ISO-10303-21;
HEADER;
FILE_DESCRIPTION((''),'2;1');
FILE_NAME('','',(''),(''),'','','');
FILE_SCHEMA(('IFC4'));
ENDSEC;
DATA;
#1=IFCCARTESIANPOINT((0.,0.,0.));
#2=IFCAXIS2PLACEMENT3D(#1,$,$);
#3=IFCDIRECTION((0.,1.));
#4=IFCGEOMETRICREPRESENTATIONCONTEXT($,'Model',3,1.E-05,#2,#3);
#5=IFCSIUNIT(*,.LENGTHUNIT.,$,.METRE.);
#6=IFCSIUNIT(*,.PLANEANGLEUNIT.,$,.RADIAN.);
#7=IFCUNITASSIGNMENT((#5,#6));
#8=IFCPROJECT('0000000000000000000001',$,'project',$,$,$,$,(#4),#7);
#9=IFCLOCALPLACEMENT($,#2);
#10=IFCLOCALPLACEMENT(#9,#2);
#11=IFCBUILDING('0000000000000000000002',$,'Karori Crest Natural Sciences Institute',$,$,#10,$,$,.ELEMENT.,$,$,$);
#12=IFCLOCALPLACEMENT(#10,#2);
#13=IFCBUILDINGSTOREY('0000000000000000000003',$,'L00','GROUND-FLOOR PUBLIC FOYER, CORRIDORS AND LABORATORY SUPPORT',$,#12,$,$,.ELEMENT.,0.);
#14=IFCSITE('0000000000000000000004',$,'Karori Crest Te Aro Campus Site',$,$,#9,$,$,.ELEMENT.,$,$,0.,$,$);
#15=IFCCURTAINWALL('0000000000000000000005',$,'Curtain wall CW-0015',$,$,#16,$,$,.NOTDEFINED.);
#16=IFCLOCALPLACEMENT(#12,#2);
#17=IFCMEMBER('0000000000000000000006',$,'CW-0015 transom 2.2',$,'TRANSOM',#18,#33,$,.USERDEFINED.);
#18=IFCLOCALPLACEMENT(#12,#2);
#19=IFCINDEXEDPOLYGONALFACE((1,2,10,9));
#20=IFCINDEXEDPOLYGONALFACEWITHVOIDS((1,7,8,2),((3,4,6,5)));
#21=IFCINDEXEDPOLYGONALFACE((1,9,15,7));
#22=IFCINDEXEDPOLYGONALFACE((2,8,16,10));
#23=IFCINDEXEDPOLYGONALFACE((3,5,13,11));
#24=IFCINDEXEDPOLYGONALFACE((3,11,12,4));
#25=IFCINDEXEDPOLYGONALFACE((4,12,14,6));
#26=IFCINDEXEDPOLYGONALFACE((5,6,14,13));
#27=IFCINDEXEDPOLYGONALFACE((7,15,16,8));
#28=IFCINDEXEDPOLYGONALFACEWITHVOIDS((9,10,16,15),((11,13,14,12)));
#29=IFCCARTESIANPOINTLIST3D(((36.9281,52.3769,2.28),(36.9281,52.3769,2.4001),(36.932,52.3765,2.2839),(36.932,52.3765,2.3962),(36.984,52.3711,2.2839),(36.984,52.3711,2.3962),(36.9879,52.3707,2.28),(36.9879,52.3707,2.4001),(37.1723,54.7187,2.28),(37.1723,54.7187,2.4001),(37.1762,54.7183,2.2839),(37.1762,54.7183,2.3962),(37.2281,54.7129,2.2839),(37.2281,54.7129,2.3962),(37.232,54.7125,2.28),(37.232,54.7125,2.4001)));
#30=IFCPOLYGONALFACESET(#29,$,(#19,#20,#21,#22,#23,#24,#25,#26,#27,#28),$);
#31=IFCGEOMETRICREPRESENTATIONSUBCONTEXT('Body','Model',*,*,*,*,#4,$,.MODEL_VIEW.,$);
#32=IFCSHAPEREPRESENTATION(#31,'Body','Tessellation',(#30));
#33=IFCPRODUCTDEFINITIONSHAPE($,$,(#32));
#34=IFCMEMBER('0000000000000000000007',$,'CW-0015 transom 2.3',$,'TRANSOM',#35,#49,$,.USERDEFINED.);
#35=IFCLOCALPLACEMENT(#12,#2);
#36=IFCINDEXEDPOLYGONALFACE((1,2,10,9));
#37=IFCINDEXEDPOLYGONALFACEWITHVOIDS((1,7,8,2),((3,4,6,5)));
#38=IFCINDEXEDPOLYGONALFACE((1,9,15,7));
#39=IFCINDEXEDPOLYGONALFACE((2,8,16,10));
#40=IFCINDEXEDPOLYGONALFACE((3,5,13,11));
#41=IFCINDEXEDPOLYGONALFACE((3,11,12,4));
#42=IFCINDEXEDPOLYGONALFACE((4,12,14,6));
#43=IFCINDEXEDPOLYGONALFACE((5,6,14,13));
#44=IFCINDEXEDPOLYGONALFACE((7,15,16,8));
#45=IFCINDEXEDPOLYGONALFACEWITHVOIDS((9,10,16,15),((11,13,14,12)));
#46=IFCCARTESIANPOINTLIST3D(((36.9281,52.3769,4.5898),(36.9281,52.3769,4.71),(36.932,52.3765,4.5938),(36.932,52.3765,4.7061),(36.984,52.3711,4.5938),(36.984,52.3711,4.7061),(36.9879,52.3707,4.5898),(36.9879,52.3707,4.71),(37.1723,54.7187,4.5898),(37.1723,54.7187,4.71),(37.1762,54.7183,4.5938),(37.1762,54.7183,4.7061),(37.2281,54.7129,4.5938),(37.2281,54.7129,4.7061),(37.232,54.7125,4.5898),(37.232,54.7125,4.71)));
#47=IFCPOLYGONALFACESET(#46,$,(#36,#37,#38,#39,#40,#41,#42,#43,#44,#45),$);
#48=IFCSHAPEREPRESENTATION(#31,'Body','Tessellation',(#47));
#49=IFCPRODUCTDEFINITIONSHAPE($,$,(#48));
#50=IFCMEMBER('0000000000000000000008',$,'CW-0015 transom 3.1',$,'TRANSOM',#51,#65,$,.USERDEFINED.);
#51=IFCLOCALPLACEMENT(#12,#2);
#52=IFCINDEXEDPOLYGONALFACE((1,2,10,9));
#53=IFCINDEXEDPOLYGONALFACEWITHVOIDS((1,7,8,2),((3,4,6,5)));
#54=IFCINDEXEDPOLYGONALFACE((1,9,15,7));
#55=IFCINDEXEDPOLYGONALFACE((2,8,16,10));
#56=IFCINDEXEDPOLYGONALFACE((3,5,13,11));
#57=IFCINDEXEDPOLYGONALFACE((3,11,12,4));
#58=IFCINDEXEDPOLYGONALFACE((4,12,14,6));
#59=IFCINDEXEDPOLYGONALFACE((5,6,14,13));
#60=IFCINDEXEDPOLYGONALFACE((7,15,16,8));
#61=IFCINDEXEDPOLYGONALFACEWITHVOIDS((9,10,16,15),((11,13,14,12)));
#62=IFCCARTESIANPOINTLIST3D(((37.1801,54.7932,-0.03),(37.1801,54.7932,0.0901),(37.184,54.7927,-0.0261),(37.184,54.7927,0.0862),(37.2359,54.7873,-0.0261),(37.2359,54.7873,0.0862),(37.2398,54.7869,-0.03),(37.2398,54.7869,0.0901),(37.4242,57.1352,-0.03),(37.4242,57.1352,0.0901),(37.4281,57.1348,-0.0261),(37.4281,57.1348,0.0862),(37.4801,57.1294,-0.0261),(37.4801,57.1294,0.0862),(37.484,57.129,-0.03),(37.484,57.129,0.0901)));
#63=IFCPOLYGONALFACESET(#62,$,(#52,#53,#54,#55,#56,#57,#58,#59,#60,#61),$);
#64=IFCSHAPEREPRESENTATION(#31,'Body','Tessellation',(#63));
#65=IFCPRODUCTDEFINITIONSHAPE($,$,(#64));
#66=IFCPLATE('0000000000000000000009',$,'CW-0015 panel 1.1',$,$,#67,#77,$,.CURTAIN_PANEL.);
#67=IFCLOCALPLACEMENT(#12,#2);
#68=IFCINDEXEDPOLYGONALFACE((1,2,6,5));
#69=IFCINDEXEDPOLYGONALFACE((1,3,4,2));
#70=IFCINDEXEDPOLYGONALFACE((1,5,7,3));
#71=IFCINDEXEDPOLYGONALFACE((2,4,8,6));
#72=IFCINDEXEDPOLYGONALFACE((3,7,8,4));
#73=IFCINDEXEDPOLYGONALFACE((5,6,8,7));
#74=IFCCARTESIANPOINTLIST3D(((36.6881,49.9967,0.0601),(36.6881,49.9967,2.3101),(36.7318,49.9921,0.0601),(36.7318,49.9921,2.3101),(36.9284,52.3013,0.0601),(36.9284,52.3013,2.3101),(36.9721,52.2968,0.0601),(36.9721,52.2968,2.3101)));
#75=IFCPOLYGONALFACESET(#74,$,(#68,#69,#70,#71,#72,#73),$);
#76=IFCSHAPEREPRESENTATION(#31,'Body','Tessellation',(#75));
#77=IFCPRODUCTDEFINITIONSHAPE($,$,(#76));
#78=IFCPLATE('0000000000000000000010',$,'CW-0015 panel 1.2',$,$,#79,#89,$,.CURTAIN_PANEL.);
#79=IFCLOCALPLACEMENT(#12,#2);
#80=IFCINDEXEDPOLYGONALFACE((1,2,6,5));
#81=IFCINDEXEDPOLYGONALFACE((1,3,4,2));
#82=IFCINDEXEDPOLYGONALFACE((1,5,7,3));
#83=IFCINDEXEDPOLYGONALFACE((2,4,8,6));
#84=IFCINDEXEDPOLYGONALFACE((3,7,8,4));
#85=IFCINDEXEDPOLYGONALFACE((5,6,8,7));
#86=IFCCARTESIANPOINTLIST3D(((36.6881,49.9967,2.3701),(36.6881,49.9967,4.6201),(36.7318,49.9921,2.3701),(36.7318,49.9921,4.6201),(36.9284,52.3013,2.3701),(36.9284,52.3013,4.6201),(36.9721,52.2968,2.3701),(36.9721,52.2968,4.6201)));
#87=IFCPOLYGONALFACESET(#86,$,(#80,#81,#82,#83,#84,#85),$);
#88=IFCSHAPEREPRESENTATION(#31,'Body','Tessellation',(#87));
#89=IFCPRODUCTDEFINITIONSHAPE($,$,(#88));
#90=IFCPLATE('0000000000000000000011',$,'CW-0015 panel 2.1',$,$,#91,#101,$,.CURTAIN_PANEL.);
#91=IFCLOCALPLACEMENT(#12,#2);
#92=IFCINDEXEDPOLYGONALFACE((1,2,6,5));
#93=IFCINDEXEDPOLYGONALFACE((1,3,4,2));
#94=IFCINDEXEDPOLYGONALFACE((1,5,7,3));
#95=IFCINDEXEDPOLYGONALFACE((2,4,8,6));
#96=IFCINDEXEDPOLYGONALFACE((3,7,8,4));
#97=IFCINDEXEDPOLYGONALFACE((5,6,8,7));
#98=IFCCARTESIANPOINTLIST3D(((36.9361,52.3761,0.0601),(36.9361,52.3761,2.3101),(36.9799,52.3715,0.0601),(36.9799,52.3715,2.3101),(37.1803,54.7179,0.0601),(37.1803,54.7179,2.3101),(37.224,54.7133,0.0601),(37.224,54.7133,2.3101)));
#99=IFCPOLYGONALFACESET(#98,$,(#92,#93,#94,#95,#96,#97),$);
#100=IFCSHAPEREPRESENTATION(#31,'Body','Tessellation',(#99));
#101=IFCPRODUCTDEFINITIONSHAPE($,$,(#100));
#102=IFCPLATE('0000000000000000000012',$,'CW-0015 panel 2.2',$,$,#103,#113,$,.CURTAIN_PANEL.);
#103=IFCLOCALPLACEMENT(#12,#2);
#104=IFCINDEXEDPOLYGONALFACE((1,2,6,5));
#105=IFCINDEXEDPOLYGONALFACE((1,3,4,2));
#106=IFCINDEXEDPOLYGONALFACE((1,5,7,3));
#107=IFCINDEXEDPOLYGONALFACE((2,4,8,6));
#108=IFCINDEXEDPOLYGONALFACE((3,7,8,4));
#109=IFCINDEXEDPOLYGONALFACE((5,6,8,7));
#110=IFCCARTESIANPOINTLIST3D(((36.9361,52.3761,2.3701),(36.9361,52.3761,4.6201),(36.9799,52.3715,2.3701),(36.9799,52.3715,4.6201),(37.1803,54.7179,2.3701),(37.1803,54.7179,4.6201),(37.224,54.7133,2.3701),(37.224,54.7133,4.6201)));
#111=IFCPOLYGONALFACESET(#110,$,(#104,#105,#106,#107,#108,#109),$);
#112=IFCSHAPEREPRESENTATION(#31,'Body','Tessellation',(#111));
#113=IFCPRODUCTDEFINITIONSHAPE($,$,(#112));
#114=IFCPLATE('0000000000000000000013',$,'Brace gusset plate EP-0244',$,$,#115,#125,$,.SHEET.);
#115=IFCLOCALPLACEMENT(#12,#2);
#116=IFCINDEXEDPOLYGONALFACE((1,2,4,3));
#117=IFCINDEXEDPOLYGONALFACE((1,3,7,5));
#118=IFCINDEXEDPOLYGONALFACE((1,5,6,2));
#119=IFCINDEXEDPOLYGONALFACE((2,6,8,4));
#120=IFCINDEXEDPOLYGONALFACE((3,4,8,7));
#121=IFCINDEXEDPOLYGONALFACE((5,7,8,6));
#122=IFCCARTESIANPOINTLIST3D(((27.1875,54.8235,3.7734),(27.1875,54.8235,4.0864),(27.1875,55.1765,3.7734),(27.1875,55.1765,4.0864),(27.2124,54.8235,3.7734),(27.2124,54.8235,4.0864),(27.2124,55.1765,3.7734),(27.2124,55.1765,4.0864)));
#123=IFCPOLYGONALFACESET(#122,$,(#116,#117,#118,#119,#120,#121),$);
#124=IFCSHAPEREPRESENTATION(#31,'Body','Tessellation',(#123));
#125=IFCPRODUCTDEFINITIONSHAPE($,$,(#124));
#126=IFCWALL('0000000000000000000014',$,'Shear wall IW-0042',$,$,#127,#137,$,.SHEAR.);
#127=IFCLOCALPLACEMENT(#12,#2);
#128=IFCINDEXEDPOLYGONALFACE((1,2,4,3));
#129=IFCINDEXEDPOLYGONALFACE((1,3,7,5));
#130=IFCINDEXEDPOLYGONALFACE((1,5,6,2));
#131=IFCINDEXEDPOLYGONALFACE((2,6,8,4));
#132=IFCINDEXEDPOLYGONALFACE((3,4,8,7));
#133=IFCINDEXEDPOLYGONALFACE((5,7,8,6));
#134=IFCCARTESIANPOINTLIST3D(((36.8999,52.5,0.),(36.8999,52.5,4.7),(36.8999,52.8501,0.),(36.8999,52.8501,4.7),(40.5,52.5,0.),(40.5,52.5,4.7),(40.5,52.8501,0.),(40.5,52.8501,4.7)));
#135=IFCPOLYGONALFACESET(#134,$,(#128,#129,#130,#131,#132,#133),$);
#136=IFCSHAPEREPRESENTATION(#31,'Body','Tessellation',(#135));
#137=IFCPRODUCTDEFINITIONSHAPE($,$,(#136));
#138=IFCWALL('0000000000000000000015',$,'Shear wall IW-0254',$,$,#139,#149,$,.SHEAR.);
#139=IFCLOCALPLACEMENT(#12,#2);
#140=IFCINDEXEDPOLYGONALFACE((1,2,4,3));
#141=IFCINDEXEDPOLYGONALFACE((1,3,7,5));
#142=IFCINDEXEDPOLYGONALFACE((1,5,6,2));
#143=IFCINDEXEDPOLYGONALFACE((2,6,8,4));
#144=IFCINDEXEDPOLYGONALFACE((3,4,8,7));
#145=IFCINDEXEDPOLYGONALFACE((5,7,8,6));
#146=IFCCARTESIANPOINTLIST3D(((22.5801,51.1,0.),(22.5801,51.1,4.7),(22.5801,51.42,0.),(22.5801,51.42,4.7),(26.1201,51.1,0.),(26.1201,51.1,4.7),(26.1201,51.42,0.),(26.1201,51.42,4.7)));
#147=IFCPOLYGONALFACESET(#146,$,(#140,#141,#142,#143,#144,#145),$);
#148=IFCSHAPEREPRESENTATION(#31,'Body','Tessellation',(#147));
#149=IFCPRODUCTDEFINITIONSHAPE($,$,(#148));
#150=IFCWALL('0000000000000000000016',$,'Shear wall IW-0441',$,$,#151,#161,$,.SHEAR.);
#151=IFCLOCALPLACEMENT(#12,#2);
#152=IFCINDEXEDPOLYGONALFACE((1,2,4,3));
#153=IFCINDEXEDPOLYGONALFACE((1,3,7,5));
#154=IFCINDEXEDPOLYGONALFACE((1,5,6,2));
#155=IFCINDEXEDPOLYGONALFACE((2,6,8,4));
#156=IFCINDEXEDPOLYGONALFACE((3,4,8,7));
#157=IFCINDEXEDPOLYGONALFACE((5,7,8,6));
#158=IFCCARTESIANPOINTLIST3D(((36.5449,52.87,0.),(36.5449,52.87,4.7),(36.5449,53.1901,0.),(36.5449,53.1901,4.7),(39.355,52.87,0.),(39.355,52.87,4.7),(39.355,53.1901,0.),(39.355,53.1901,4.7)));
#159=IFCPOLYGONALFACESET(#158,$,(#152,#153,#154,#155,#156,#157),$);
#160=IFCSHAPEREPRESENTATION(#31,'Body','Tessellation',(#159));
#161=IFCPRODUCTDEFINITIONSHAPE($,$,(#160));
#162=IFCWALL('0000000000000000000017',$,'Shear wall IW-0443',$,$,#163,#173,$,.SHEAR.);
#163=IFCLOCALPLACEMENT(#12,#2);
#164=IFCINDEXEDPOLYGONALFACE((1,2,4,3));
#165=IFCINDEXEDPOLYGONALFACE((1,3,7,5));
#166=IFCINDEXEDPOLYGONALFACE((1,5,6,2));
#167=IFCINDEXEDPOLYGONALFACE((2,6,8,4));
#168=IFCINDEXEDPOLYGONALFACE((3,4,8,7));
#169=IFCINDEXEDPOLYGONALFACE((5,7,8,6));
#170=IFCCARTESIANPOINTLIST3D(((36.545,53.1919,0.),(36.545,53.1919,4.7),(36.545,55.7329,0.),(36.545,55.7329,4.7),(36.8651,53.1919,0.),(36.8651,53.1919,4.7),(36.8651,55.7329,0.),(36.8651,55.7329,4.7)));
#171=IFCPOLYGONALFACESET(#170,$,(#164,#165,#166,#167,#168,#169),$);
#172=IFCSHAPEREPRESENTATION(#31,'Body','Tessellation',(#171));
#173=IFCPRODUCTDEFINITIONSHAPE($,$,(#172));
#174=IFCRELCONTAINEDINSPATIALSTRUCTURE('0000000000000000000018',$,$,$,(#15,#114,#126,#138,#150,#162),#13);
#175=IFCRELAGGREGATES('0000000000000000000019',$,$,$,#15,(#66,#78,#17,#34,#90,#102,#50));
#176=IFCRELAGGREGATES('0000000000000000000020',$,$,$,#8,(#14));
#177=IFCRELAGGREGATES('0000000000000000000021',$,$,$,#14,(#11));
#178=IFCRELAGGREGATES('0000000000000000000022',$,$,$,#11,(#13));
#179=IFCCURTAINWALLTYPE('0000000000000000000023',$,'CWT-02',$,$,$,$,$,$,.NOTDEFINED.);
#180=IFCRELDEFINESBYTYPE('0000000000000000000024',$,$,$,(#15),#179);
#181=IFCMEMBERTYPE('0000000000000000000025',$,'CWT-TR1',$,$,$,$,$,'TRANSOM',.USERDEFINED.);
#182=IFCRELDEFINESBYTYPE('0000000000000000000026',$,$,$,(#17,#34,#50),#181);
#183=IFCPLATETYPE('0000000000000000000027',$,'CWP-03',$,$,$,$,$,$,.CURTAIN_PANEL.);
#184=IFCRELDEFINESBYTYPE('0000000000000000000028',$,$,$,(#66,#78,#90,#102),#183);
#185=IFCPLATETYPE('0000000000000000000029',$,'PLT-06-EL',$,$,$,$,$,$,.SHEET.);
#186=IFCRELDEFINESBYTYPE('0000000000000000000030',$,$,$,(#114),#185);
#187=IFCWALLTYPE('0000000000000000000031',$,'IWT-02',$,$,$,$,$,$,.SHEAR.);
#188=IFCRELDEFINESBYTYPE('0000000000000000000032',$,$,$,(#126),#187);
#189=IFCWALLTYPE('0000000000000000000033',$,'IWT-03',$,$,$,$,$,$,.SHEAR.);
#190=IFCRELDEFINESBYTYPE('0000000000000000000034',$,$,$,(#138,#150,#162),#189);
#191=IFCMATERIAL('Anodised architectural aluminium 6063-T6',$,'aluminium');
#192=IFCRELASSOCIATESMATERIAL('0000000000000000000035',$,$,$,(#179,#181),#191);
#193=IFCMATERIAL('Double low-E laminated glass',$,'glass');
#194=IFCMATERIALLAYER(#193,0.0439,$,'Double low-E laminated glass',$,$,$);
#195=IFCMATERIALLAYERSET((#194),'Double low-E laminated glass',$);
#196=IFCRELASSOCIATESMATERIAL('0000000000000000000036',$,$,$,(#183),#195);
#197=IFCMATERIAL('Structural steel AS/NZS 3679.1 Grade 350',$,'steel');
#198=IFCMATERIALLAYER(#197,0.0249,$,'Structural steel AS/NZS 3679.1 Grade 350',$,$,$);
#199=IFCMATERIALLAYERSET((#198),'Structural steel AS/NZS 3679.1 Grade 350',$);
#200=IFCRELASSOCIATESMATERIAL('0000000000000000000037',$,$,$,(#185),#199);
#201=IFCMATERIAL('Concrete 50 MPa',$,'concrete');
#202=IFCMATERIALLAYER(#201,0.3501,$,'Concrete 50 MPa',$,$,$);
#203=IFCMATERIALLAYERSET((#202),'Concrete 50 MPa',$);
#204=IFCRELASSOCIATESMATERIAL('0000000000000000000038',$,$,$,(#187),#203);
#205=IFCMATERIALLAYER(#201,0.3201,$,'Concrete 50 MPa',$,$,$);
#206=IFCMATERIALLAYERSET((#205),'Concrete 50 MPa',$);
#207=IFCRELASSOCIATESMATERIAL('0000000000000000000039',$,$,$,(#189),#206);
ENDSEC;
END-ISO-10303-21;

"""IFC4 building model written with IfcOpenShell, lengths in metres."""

from ifc_helpers import new_model, si_unit, direction, frame, frame_2d, origin, origin_2d, place, context, subcontext, project, spatial, rectangle, hollow_rectangle, extrude, material, layer, layer_set, material_profile, profile_set, type_object, element, aggregate, save


model = new_model("IFC4")

# Units and contexts
model_context = context("Model", 3, precision=1e-05, world=origin(), true_north=direction((0.0, 1.0)))
body_context = subcontext(model_context, "Body", "Model", "MODEL_VIEW")
ifc_project = project(units=[si_unit("LENGTHUNIT", "METRE"), si_unit("PLANEANGLEUNIT", "RADIAN")], contexts=[model_context])

# Site, building, storey
site_placement = place(None, origin())
site = spatial("IfcSite", under=ifc_project, at=site_placement, Name="Karori Crest Te Aro Campus Site", CompositionType="ELEMENT", RefElevation=0.0)
building_placement = place(site_placement, origin())
building = spatial("IfcBuilding", under=site, at=building_placement, Name="Karori Crest Natural Sciences Institute", CompositionType="ELEMENT")
storey_placement = place(building_placement, origin())
storey = spatial("IfcBuildingStorey", under=building, at=storey_placement, Name="L00", Description="GROUND-FLOOR PUBLIC FOYER, CORRIDORS AND LABORATORY SUPPORT", CompositionType="ELEMENT", Elevation=0.0)

# Shared definitions
ifc_material_1 = material(Name="Structural steel AS/NZS 3679.1 Grade 350", Category="steel")

# Shared definitions
ifc_material_2 = material(Name="Anodised architectural aluminium 6063-T6", Category="aluminium")

# Curtain wall
curtain_wall_type_1 = type_object("IfcCurtainWallType", Name="CWT-02", PredefinedType="NOTDEFINED", material=ifc_material_2)
curtain_wall_1_placement = place(storey_placement, origin())
curtain_wall_1 = element("IfcCurtainWall", 1, at=curtain_wall_1_placement, inside=storey, type_object=curtain_wall_type_1, Name="Curtain wall CW-0015", PredefinedType="NOTDEFINED")

# Members
ifc_material_profile_1 = material_profile(ifc_material_2, hollow_rectangle(XDim=0.0601, YDim=0.1201, WallThickness=0.0039, at=origin_2d()), Name="CWT120x60x4")
ifc_profile_set_1 = profile_set([ifc_material_profile_1], Name="Anodised architectural aluminium 6063-T6")
member_type_1 = type_object("IfcMemberType", Name="CWT-TR1", ElementType="TRANSOM", PredefinedType="USERDEFINED", material=ifc_profile_set_1)
member_1_placement = place(storey_placement, frame((36.958, 52.3738, 2.3401), z_axis=(0.103692, 0.99461, 0.0), x_axis=(-0.99461, 0.103692, 0.0)))
member_1 = element("IfcMember", 2, at=member_1_placement, type_object=member_type_1, Name="CW-0015 transom 2.2", ObjectType="TRANSOM", PredefinedType="USERDEFINED", context=body_context, shape_type="SweptSolid", body=[
    extrude(hollow_rectangle(XDim=0.0601, YDim=0.1201, WallThickness=0.0039, at=origin_2d()), origin(), (0.0, 0.0, 1.0), 2.3545),
])
member_2_placement = place(storey_placement, frame((36.958, 52.3738, 4.6499), z_axis=(0.103692, 0.99461, 0.0), x_axis=(-0.99461, 0.103692, 0.0)))
member_2 = element("IfcMember", 3, at=member_2_placement, type_object=member_type_1, Name="CW-0015 transom 2.3", ObjectType="TRANSOM", PredefinedType="USERDEFINED", context=body_context, shape_type="SweptSolid", body=[
    extrude(hollow_rectangle(XDim=0.0601, YDim=0.1201, WallThickness=0.0039, at=origin_2d()), origin(), (0.0, 0.0, 1.0), 2.3545),
])
member_3_placement = place(storey_placement, frame((37.21, 54.79, 0.03), z_axis=(0.103681, 0.994611, 0.0), x_axis=(-0.994611, 0.103681, 0.0)))
member_3 = element("IfcMember", 4, at=member_3_placement, type_object=member_type_1, Name="CW-0015 transom 3.1", ObjectType="TRANSOM", PredefinedType="USERDEFINED", context=body_context, shape_type="SweptSolid", body=[
    extrude(hollow_rectangle(XDim=0.0601, YDim=0.1201, WallThickness=0.0039, at=origin_2d()), origin(), (0.0, 0.0, 1.0), 2.3547),
])

# Plates
ifc_material_3 = material(Name="Double low-E laminated glass", Category="glass")
ifc_layer_1 = layer(ifc_material_3, 0.0439, Name="Double low-E laminated glass")
ifc_layer_set_1 = layer_set([ifc_layer_1], Name="Double low-E laminated glass")
plate_type_1 = type_object("IfcPlateType", Name="CWP-03", PredefinedType="CURTAIN_PANEL", material=ifc_layer_set_1)
plate_1_placement = place(storey_placement, frame((36.8301, 51.1467, 0.0601), z_axis=(0.0, 0.0, 1.0), x_axis=(0.103701, 0.994608, 0.0)))
plate_1 = element("IfcPlate", 5, at=plate_1_placement, type_object=plate_type_1, Name="CW-0015 panel 1.1", PredefinedType="CURTAIN_PANEL", context=body_context, shape_type="SweptSolid", body=[
    extrude(rectangle(XDim=2.3171, YDim=0.0439, at=origin_2d()), origin(), (0.0, 0.0, 1.0), 2.25),
])
plate_2_placement = place(storey_placement, frame((36.8301, 51.1467, 2.3701), z_axis=(0.0, 0.0, 1.0), x_axis=(0.103701, 0.994608, 0.0)))
plate_2 = element("IfcPlate", 6, at=plate_2_placement, type_object=plate_type_1, Name="CW-0015 panel 1.2", PredefinedType="CURTAIN_PANEL", context=body_context, shape_type="SweptSolid", body=[
    extrude(rectangle(XDim=2.3171, YDim=0.0439, at=origin_2d()), origin(), (0.0, 0.0, 1.0), 2.25),
])
plate_3_placement = place(storey_placement, frame((37.0801, 53.5447, 0.0601), z_axis=(0.0, 0.0, 1.0), x_axis=(0.103701, 0.994608, 0.0)))
plate_3 = element("IfcPlate", 7, at=plate_3_placement, type_object=plate_type_1, Name="CW-0015 panel 2.1", PredefinedType="CURTAIN_PANEL", context=body_context, shape_type="SweptSolid", body=[
    extrude(rectangle(XDim=2.3545, YDim=0.0439, at=origin_2d()), origin(), (0.0, 0.0, 1.0), 2.25),
])
plate_4_placement = place(storey_placement, frame((37.0801, 53.5447, 2.3701), z_axis=(0.0, 0.0, 1.0), x_axis=(0.103701, 0.994608, 0.0)))
plate_4 = element("IfcPlate", 8, at=plate_4_placement, type_object=plate_type_1, Name="CW-0015 panel 2.2", PredefinedType="CURTAIN_PANEL", context=body_context, shape_type="SweptSolid", body=[
    extrude(rectangle(XDim=2.3545, YDim=0.0439, at=origin_2d()), origin(), (0.0, 0.0, 1.0), 2.25),
])
aggregate(curtain_wall_1, [plate_1, plate_2, member_1, member_2, plate_3, plate_4, member_3])
ifc_layer_2 = layer(ifc_material_1, 0.0249, Name="Structural steel AS/NZS 3679.1 Grade 350")
ifc_layer_set_2 = layer_set([ifc_layer_2], Name="Structural steel AS/NZS 3679.1 Grade 350")
plate_type_2 = type_object("IfcPlateType", Name="PLT-06-EL", PredefinedType="SHEET", material=ifc_layer_set_2)
plate_5_placement = place(storey_placement, frame((27.2, 55.0, 3.7734), z_axis=(0.0, 0.0, 1.0), x_axis=(0.0, 1.0, 0.0)))
element("IfcPlate", 9, at=plate_5_placement, inside=storey, type_object=plate_type_2, Name="Brace gusset plate EP-0244", PredefinedType="SHEET", context=body_context, shape_type="SweptSolid", body=[
    extrude(rectangle(XDim=0.353, YDim=0.0249, at=origin_2d()), origin(), (0.0, 0.0, 1.0), 0.313),
])

# Walls
ifc_material_4 = material(Name="Concrete 50 MPa", Category="concrete")
ifc_layer_3 = layer(ifc_material_4, 0.3501, Name="Concrete 50 MPa")
ifc_layer_set_3 = layer_set([ifc_layer_3], Name="Concrete 50 MPa")
wall_type_1 = type_object("IfcWallType", Name="IWT-02", PredefinedType="SHEAR", material=ifc_layer_set_3)
wall_1_placement = place(storey_placement, frame((36.8999, 52.675, 0.0), z_axis=(0.0, 0.0, 1.0), x_axis=(1.0, 0.0, 0.0)))
element("IfcWall", 10, at=wall_1_placement, inside=storey, type_object=wall_type_1, Name="Shear wall IW-0042", PredefinedType="SHEAR", context=body_context, shape_type="SweptSolid", body=[
    extrude(rectangle(XDim=3.6001, YDim=0.3501, at=frame_2d((1.8, 0.0))), origin(), (0.0, 0.0, 1.0), 4.7),
])
ifc_layer_4 = layer(ifc_material_4, 0.3201, Name="Concrete 50 MPa")
ifc_layer_set_4 = layer_set([ifc_layer_4], Name="Concrete 50 MPa")
wall_type_2 = type_object("IfcWallType", Name="IWT-03", PredefinedType="SHEAR", material=ifc_layer_set_4)
wall_2_placement = place(storey_placement, frame((22.5801, 51.26, 0.0), z_axis=(0.0, 0.0, 1.0), x_axis=(1.0, 0.0, 0.0)))
element("IfcWall", 11, at=wall_2_placement, inside=storey, type_object=wall_type_2, Name="Shear wall IW-0254", PredefinedType="SHEAR", context=body_context, shape_type="SweptSolid", body=[
    extrude(rectangle(XDim=3.54, YDim=0.3201, at=frame_2d((1.77, 0.0))), origin(), (0.0, 0.0, 1.0), 4.7),
])
wall_3_placement = place(storey_placement, frame((36.5449, 53.03, 0.0), z_axis=(0.0, 0.0, 1.0), x_axis=(1.0, 0.0, 0.0)))
element("IfcWall", 12, at=wall_3_placement, inside=storey, type_object=wall_type_2, Name="Shear wall IW-0441", PredefinedType="SHEAR", context=body_context, shape_type="SweptSolid", body=[
    extrude(rectangle(XDim=2.8101, YDim=0.3201, at=frame_2d((1.405, 0.0))), origin(), (0.0, 0.0, 1.0), 4.7),
])
wall_4_placement = place(storey_placement, frame((36.7051, 53.1919, 0.0), z_axis=(0.0, 0.0, 1.0), x_axis=(0.0, 1.0, 0.0)))
element("IfcWall", 13, at=wall_4_placement, inside=storey, type_object=wall_type_2, Name="Shear wall IW-0443", PredefinedType="SHEAR", context=body_context, shape_type="SweptSolid", body=[
    extrude(rectangle(XDim=2.541, YDim=0.3201, at=frame_2d((1.2705, 0.0))), origin(), (0.0, 0.0, 1.0), 4.7),
])

save(model, "model.ifc")
